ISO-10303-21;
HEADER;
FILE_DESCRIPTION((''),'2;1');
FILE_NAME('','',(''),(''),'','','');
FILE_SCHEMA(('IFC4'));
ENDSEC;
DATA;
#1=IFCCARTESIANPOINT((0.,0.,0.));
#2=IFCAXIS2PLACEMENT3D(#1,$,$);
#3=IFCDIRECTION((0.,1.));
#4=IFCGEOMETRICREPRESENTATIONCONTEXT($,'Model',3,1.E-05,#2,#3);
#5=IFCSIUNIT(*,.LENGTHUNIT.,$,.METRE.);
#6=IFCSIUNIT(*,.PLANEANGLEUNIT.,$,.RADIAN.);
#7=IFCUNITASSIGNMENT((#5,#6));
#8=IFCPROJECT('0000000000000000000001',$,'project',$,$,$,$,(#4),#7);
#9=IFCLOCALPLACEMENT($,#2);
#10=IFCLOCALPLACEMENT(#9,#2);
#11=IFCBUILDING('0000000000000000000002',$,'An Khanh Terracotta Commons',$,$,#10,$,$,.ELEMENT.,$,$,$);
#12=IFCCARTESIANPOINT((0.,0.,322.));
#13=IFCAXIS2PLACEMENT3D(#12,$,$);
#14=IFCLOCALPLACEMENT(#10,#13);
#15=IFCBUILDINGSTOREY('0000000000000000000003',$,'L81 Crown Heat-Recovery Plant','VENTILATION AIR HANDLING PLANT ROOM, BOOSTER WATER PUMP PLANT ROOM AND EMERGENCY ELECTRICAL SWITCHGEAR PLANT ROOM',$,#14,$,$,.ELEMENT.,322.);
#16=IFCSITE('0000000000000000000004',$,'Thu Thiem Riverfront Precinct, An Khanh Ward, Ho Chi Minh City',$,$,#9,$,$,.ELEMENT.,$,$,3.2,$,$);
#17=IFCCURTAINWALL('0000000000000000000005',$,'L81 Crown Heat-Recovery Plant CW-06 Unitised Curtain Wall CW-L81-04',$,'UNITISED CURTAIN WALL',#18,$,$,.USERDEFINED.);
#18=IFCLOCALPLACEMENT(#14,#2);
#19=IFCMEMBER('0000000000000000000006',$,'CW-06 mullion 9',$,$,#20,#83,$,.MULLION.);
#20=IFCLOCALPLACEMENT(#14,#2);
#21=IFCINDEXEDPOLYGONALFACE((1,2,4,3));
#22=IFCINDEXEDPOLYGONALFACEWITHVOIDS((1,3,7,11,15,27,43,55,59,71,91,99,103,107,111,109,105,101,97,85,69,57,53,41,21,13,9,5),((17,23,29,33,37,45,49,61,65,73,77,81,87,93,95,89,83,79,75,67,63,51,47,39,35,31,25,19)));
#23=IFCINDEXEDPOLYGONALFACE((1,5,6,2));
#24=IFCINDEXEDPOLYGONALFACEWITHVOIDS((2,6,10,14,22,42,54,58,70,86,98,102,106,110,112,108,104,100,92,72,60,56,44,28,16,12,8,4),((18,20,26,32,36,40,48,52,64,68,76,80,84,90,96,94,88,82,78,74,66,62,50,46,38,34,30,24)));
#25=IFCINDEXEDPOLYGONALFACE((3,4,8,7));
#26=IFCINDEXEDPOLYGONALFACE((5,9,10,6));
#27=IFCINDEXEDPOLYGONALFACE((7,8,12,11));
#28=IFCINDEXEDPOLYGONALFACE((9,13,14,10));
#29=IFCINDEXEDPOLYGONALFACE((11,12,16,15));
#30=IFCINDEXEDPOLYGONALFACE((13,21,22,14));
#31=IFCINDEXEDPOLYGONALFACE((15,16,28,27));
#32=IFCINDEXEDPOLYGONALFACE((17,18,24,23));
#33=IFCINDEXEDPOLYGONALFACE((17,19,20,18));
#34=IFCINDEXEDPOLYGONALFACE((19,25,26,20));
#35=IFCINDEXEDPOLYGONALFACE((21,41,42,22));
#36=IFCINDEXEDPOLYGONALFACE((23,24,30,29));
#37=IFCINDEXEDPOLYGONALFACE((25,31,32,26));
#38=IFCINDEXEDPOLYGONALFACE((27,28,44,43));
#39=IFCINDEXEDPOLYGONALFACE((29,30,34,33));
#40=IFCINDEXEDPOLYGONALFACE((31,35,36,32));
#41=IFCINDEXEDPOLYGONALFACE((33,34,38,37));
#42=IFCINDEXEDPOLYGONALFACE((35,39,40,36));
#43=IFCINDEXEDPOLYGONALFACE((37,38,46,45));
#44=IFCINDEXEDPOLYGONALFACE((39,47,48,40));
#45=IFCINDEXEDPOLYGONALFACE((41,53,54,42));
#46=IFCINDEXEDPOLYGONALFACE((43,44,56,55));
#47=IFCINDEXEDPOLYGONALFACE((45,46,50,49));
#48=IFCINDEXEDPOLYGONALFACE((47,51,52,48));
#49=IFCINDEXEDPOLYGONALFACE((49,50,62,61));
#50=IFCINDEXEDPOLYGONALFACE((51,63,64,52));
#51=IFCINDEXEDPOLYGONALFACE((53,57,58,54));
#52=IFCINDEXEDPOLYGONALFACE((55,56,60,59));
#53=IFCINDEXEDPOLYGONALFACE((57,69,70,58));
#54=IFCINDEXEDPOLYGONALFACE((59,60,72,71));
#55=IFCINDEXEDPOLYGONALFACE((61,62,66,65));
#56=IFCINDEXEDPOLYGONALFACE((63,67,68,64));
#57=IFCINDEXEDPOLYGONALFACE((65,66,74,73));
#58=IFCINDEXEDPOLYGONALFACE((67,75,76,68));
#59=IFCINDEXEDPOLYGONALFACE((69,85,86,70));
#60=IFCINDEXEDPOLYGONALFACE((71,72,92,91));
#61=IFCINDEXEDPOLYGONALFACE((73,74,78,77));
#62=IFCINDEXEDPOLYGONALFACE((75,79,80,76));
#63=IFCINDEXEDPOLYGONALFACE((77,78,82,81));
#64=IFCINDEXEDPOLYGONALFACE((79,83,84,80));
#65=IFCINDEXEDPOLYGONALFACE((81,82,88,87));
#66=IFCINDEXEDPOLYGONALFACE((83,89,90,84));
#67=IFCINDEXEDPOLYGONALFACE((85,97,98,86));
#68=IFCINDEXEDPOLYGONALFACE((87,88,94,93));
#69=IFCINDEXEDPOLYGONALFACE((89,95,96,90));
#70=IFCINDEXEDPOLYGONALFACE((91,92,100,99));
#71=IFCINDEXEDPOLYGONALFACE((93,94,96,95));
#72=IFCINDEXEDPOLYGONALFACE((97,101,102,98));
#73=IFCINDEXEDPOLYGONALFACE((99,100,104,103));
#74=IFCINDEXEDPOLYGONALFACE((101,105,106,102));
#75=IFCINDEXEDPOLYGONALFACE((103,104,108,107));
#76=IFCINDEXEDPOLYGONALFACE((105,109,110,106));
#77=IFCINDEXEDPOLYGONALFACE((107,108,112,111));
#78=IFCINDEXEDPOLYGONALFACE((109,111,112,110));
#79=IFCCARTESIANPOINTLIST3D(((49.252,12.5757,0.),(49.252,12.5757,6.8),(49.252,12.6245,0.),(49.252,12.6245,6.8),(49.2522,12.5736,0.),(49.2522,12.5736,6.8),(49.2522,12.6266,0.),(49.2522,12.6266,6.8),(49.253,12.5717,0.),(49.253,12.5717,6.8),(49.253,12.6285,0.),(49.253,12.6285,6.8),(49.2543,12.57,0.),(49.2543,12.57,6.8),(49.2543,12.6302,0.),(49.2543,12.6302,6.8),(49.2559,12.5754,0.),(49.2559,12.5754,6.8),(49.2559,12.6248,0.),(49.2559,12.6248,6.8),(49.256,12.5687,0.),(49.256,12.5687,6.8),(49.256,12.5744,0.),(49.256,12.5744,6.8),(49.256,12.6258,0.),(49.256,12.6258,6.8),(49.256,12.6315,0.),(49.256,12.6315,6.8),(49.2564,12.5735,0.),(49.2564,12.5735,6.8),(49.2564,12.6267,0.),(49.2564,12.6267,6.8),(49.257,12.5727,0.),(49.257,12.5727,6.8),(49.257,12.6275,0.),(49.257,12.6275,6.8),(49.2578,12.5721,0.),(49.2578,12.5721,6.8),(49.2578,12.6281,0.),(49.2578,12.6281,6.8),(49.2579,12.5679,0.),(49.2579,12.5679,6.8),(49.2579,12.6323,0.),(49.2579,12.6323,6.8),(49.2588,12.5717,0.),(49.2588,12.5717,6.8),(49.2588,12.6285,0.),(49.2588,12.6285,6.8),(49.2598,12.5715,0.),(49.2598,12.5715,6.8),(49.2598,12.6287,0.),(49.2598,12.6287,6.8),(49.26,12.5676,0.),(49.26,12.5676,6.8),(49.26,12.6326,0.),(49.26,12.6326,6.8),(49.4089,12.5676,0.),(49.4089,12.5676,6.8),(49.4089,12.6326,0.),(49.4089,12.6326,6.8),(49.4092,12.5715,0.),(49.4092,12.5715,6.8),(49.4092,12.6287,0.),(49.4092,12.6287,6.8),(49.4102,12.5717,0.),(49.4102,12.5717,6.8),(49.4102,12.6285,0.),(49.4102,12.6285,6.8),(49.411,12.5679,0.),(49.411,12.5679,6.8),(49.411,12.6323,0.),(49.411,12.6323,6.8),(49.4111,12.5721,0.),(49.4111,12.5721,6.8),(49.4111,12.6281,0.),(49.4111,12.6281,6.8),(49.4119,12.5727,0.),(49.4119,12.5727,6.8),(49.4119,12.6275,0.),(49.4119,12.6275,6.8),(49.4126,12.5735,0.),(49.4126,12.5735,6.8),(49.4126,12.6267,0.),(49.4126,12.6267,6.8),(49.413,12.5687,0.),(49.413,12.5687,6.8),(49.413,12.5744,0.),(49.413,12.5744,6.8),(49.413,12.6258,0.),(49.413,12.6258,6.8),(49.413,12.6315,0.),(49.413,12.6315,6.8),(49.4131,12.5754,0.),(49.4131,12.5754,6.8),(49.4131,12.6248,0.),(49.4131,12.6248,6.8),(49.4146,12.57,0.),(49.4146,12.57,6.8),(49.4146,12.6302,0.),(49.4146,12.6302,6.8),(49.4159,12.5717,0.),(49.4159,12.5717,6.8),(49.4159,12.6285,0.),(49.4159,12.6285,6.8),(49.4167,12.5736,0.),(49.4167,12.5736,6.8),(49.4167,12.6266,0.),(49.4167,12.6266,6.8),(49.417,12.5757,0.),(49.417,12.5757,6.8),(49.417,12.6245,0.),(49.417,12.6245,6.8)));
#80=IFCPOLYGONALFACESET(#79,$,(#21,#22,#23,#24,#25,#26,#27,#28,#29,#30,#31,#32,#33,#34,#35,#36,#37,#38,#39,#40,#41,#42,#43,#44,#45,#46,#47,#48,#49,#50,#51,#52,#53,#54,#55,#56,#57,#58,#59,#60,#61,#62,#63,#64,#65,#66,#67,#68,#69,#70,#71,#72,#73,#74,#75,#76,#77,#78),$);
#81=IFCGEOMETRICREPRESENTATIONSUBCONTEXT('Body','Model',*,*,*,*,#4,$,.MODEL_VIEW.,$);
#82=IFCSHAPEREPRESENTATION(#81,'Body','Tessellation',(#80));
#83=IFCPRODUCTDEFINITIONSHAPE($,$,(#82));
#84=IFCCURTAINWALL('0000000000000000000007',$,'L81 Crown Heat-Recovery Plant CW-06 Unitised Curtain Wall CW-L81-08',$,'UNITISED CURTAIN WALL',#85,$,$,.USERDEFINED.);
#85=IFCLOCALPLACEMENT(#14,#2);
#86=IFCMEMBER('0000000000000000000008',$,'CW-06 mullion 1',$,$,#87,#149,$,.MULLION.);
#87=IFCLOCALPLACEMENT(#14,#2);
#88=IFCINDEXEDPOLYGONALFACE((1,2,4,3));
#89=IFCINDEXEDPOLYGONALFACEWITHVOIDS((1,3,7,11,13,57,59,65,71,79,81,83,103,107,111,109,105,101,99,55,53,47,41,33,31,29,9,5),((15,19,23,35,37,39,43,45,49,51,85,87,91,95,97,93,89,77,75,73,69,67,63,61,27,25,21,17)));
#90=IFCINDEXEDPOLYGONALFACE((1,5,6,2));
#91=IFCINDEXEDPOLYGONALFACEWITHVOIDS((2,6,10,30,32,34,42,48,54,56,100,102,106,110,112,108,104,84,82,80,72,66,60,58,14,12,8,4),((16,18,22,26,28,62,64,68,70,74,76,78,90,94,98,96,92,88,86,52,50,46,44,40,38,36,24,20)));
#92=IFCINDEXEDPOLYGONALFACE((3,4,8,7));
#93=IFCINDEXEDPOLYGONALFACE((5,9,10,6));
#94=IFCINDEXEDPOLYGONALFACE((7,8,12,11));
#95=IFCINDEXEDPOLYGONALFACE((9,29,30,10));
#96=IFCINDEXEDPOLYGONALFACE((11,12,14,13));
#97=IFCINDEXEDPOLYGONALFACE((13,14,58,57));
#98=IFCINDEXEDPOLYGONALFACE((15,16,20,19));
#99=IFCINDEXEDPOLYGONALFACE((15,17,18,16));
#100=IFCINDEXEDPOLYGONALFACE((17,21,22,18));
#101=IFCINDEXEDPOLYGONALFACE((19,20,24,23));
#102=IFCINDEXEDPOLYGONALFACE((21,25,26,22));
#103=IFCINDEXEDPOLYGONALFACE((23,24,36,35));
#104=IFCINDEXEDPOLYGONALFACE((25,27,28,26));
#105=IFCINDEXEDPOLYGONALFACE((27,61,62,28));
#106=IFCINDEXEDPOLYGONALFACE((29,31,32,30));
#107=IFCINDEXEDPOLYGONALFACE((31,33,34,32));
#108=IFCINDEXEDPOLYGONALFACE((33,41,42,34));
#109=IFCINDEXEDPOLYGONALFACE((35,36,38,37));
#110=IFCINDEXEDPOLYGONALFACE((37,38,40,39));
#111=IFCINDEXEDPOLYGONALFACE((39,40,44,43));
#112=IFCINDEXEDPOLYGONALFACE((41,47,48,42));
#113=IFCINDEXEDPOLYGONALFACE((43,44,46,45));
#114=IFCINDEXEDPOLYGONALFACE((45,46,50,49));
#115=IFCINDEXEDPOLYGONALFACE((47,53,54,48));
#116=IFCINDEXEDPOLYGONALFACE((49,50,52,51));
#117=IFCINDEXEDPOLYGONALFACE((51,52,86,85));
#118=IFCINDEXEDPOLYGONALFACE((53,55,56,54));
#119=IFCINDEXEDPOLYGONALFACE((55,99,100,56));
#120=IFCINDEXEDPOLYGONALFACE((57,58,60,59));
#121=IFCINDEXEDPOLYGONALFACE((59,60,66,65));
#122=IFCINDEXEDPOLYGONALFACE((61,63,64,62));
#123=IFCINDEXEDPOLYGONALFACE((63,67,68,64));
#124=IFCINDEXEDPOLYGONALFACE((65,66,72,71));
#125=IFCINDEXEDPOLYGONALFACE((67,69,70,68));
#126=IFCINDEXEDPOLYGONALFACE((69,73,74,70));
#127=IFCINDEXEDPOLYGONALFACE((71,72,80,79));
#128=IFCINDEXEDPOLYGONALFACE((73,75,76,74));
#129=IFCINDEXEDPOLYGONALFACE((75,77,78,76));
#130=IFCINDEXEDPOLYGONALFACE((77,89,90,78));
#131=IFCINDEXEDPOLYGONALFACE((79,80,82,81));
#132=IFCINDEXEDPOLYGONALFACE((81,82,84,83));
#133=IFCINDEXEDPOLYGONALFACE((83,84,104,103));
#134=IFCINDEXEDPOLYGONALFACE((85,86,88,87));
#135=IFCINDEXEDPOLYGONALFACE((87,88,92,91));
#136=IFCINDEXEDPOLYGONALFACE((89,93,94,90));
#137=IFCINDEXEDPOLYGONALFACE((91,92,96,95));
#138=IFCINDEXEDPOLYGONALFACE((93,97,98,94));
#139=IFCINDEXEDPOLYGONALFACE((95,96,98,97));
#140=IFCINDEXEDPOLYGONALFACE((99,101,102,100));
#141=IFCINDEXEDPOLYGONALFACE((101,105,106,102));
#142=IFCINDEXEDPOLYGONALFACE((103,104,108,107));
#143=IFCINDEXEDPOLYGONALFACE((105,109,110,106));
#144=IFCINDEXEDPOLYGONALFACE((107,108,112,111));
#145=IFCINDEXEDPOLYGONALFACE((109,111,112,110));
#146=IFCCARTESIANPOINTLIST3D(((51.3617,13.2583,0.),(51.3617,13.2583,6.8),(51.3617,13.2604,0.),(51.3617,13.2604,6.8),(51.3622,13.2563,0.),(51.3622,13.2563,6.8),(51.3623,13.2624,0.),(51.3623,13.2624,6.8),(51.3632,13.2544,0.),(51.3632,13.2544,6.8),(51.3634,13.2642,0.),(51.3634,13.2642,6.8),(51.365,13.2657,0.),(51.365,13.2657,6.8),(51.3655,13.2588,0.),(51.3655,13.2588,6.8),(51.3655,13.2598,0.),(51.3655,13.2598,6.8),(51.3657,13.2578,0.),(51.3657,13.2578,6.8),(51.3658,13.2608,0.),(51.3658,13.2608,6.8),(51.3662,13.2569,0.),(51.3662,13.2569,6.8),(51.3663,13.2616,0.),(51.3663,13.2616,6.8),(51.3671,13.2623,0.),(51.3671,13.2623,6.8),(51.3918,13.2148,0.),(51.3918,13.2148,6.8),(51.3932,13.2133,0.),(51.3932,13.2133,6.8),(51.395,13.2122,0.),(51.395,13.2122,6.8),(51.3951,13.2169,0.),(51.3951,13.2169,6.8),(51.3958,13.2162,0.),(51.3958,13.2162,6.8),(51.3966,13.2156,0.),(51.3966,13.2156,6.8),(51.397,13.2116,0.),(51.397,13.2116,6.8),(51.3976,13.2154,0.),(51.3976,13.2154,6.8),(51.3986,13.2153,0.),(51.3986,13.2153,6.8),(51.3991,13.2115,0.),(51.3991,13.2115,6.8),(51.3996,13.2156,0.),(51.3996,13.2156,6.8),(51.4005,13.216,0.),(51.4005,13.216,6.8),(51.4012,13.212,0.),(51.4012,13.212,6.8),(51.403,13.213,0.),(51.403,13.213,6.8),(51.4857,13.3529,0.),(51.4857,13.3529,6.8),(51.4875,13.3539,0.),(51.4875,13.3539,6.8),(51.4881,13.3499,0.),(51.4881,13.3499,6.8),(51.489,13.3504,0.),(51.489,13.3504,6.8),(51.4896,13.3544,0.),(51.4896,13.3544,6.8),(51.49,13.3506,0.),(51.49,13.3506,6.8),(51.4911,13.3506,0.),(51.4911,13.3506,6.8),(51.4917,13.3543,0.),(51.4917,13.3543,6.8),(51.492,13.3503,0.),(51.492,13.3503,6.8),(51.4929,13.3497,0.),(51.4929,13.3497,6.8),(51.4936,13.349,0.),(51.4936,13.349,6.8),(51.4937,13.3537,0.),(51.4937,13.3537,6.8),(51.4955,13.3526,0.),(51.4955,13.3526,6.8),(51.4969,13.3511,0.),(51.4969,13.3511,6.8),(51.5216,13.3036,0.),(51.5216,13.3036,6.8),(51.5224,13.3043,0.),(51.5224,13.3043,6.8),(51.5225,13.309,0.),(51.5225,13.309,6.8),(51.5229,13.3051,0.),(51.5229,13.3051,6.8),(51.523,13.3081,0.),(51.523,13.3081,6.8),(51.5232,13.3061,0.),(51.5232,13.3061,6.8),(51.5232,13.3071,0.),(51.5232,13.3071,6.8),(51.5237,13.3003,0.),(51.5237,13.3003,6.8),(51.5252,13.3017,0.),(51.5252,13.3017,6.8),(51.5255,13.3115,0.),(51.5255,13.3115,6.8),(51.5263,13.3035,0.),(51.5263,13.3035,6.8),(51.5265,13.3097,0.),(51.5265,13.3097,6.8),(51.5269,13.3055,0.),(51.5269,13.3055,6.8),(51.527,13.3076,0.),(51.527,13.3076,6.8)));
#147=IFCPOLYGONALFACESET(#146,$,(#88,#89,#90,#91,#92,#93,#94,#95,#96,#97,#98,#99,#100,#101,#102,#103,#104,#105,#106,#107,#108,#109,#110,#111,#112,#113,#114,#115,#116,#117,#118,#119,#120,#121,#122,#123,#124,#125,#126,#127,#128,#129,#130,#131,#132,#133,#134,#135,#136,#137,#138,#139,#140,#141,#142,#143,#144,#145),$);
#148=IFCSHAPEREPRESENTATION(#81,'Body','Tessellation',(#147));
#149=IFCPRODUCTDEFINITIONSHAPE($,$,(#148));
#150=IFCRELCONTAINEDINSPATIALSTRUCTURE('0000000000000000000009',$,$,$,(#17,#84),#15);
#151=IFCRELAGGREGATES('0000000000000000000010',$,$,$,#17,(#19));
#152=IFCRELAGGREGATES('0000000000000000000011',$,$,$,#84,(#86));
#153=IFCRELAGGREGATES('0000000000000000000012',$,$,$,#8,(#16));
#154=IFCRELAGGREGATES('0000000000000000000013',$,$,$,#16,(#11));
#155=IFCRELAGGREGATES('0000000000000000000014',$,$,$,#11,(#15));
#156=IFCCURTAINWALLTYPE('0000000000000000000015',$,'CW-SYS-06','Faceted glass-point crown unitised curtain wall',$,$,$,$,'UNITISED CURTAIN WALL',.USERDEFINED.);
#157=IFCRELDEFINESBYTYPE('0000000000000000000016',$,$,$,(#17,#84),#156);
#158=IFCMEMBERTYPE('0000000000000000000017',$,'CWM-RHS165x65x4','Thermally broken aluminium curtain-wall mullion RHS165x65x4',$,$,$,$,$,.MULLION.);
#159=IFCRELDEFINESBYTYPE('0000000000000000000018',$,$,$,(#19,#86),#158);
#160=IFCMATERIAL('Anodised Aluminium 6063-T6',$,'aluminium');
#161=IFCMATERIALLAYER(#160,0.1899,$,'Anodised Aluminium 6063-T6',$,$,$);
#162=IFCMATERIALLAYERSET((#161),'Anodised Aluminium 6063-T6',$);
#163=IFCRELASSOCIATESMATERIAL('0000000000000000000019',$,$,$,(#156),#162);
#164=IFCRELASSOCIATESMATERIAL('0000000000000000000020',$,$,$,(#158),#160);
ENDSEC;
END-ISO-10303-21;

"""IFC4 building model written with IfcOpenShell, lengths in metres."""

from ifc_helpers import new_model, si_unit, direction, frame, origin, origin_2d, place, context, subcontext, project, spatial, hollow_rectangle, extrude, material, layer, layer_set, material_profile, profile_set, type_object, element, aggregate, save


model = new_model("IFC4")

# Units and contexts
model_context = context("Model", 3, precision=1e-05, world=origin(), true_north=direction((0.0, 1.0)))
body_context = subcontext(model_context, "Body", "Model", "MODEL_VIEW")
ifc_project = project(units=[si_unit("LENGTHUNIT", "METRE"), si_unit("PLANEANGLEUNIT", "RADIAN")], contexts=[model_context])

# Site, building, storey
site_placement = place(None, origin())
site = spatial("IfcSite", under=ifc_project, at=site_placement, Name="Thu Thiem Riverfront Precinct, An Khanh Ward, Ho Chi Minh City", CompositionType="ELEMENT", RefElevation=3.2)
building_placement = place(site_placement, origin())
building = spatial("IfcBuilding", under=site, at=building_placement, Name="An Khanh Terracotta Commons", CompositionType="ELEMENT")
storey_placement = place(building_placement, frame((0.0, 0.0, 322.0)))
storey = spatial("IfcBuildingStorey", under=building, at=storey_placement, Name="L81 Crown Heat-Recovery Plant", Description="VENTILATION AIR HANDLING PLANT ROOM, BOOSTER WATER PUMP PLANT ROOM AND EMERGENCY ELECTRICAL SWITCHGEAR PLANT ROOM", CompositionType="ELEMENT", Elevation=322.0)

# Curtain wall, member
ifc_material_1 = material(Name="Anodised Aluminium 6063-T6", Category="aluminium")
ifc_layer_1 = layer(ifc_material_1, 0.1899, Name="Anodised Aluminium 6063-T6")
ifc_layer_set_1 = layer_set([ifc_layer_1], Name="Anodised Aluminium 6063-T6")
curtain_wall_type = type_object("IfcCurtainWallType", Name="CW-SYS-06", Description="Faceted glass-point crown unitised curtain wall", ElementType="UNITISED CURTAIN WALL", PredefinedType="USERDEFINED", material=ifc_layer_set_1)
curtain_wall_1_placement = place(storey_placement, origin())
curtain_wall_1 = element("IfcCurtainWall", 1, at=curtain_wall_1_placement, inside=storey, type_object=curtain_wall_type, Name="L81 Crown Heat-Recovery Plant CW-06 Unitised Curtain Wall CW-L81-04", ObjectType="UNITISED CURTAIN WALL", PredefinedType="USERDEFINED")
ifc_material_profile_1 = material_profile(ifc_material_1, hollow_rectangle(XDim=0.0649, YDim=0.165, WallThickness=0.0039, InnerFilletRadius=0.0039, OuterFilletRadius=0.0081, at=origin_2d()), Name="RHS165x65x4")
ifc_profile_set_1 = profile_set([ifc_material_profile_1], Name="Anodised Aluminium 6063-T6")
member_type_1 = type_object("IfcMemberType", Name="CWM-RHS165x65x4", Description="Thermally broken aluminium curtain-wall mullion RHS165x65x4", PredefinedType="MULLION", material=ifc_profile_set_1)
member_1_placement = place(storey_placement, frame((49.3345, 12.6001, 0.0), z_axis=(0.0, 0.0, 1.0), x_axis=(0.0, 1.0, 0.0)))
member_1 = element("IfcMember", 2, at=member_1_placement, type_object=member_type_1, Name="CW-06 mullion 9", PredefinedType="MULLION", context=body_context, shape_type="SweptSolid", body=[
    extrude(hollow_rectangle(XDim=0.0649, YDim=0.165, WallThickness=0.0039, InnerFilletRadius=0.0039, OuterFilletRadius=0.0081, at=origin_2d()), origin(), (0.0, 0.0, 1.0), 6.8),
])
aggregate(curtain_wall_1, [member_1])

# Curtain wall, member
curtain_wall_2_placement = place(storey_placement, origin())
curtain_wall_2 = element("IfcCurtainWall", 3, at=curtain_wall_2_placement, inside=storey, type_object=curtain_wall_type, Name="L81 Crown Heat-Recovery Plant CW-06 Unitised Curtain Wall CW-L81-08", ObjectType="UNITISED CURTAIN WALL", PredefinedType="USERDEFINED")
member_2_placement = place(storey_placement, frame((51.4443, 13.283, 0.0), z_axis=(0.0, 0.0, 1.0), x_axis=(-0.58583, 0.810434, 0.0)))
member_2 = element("IfcMember", 4, at=member_2_placement, type_object=member_type_1, Name="CW-06 mullion 1", PredefinedType="MULLION", context=body_context, shape_type="SweptSolid", body=[
    extrude(hollow_rectangle(XDim=0.0649, YDim=0.165, WallThickness=0.0039, InnerFilletRadius=0.0039, OuterFilletRadius=0.0081, at=origin_2d()), origin(), (0.0, 0.0, 1.0), 6.8),
])

aggregate(curtain_wall_2, [member_2])

save(model, "model.ifc")
